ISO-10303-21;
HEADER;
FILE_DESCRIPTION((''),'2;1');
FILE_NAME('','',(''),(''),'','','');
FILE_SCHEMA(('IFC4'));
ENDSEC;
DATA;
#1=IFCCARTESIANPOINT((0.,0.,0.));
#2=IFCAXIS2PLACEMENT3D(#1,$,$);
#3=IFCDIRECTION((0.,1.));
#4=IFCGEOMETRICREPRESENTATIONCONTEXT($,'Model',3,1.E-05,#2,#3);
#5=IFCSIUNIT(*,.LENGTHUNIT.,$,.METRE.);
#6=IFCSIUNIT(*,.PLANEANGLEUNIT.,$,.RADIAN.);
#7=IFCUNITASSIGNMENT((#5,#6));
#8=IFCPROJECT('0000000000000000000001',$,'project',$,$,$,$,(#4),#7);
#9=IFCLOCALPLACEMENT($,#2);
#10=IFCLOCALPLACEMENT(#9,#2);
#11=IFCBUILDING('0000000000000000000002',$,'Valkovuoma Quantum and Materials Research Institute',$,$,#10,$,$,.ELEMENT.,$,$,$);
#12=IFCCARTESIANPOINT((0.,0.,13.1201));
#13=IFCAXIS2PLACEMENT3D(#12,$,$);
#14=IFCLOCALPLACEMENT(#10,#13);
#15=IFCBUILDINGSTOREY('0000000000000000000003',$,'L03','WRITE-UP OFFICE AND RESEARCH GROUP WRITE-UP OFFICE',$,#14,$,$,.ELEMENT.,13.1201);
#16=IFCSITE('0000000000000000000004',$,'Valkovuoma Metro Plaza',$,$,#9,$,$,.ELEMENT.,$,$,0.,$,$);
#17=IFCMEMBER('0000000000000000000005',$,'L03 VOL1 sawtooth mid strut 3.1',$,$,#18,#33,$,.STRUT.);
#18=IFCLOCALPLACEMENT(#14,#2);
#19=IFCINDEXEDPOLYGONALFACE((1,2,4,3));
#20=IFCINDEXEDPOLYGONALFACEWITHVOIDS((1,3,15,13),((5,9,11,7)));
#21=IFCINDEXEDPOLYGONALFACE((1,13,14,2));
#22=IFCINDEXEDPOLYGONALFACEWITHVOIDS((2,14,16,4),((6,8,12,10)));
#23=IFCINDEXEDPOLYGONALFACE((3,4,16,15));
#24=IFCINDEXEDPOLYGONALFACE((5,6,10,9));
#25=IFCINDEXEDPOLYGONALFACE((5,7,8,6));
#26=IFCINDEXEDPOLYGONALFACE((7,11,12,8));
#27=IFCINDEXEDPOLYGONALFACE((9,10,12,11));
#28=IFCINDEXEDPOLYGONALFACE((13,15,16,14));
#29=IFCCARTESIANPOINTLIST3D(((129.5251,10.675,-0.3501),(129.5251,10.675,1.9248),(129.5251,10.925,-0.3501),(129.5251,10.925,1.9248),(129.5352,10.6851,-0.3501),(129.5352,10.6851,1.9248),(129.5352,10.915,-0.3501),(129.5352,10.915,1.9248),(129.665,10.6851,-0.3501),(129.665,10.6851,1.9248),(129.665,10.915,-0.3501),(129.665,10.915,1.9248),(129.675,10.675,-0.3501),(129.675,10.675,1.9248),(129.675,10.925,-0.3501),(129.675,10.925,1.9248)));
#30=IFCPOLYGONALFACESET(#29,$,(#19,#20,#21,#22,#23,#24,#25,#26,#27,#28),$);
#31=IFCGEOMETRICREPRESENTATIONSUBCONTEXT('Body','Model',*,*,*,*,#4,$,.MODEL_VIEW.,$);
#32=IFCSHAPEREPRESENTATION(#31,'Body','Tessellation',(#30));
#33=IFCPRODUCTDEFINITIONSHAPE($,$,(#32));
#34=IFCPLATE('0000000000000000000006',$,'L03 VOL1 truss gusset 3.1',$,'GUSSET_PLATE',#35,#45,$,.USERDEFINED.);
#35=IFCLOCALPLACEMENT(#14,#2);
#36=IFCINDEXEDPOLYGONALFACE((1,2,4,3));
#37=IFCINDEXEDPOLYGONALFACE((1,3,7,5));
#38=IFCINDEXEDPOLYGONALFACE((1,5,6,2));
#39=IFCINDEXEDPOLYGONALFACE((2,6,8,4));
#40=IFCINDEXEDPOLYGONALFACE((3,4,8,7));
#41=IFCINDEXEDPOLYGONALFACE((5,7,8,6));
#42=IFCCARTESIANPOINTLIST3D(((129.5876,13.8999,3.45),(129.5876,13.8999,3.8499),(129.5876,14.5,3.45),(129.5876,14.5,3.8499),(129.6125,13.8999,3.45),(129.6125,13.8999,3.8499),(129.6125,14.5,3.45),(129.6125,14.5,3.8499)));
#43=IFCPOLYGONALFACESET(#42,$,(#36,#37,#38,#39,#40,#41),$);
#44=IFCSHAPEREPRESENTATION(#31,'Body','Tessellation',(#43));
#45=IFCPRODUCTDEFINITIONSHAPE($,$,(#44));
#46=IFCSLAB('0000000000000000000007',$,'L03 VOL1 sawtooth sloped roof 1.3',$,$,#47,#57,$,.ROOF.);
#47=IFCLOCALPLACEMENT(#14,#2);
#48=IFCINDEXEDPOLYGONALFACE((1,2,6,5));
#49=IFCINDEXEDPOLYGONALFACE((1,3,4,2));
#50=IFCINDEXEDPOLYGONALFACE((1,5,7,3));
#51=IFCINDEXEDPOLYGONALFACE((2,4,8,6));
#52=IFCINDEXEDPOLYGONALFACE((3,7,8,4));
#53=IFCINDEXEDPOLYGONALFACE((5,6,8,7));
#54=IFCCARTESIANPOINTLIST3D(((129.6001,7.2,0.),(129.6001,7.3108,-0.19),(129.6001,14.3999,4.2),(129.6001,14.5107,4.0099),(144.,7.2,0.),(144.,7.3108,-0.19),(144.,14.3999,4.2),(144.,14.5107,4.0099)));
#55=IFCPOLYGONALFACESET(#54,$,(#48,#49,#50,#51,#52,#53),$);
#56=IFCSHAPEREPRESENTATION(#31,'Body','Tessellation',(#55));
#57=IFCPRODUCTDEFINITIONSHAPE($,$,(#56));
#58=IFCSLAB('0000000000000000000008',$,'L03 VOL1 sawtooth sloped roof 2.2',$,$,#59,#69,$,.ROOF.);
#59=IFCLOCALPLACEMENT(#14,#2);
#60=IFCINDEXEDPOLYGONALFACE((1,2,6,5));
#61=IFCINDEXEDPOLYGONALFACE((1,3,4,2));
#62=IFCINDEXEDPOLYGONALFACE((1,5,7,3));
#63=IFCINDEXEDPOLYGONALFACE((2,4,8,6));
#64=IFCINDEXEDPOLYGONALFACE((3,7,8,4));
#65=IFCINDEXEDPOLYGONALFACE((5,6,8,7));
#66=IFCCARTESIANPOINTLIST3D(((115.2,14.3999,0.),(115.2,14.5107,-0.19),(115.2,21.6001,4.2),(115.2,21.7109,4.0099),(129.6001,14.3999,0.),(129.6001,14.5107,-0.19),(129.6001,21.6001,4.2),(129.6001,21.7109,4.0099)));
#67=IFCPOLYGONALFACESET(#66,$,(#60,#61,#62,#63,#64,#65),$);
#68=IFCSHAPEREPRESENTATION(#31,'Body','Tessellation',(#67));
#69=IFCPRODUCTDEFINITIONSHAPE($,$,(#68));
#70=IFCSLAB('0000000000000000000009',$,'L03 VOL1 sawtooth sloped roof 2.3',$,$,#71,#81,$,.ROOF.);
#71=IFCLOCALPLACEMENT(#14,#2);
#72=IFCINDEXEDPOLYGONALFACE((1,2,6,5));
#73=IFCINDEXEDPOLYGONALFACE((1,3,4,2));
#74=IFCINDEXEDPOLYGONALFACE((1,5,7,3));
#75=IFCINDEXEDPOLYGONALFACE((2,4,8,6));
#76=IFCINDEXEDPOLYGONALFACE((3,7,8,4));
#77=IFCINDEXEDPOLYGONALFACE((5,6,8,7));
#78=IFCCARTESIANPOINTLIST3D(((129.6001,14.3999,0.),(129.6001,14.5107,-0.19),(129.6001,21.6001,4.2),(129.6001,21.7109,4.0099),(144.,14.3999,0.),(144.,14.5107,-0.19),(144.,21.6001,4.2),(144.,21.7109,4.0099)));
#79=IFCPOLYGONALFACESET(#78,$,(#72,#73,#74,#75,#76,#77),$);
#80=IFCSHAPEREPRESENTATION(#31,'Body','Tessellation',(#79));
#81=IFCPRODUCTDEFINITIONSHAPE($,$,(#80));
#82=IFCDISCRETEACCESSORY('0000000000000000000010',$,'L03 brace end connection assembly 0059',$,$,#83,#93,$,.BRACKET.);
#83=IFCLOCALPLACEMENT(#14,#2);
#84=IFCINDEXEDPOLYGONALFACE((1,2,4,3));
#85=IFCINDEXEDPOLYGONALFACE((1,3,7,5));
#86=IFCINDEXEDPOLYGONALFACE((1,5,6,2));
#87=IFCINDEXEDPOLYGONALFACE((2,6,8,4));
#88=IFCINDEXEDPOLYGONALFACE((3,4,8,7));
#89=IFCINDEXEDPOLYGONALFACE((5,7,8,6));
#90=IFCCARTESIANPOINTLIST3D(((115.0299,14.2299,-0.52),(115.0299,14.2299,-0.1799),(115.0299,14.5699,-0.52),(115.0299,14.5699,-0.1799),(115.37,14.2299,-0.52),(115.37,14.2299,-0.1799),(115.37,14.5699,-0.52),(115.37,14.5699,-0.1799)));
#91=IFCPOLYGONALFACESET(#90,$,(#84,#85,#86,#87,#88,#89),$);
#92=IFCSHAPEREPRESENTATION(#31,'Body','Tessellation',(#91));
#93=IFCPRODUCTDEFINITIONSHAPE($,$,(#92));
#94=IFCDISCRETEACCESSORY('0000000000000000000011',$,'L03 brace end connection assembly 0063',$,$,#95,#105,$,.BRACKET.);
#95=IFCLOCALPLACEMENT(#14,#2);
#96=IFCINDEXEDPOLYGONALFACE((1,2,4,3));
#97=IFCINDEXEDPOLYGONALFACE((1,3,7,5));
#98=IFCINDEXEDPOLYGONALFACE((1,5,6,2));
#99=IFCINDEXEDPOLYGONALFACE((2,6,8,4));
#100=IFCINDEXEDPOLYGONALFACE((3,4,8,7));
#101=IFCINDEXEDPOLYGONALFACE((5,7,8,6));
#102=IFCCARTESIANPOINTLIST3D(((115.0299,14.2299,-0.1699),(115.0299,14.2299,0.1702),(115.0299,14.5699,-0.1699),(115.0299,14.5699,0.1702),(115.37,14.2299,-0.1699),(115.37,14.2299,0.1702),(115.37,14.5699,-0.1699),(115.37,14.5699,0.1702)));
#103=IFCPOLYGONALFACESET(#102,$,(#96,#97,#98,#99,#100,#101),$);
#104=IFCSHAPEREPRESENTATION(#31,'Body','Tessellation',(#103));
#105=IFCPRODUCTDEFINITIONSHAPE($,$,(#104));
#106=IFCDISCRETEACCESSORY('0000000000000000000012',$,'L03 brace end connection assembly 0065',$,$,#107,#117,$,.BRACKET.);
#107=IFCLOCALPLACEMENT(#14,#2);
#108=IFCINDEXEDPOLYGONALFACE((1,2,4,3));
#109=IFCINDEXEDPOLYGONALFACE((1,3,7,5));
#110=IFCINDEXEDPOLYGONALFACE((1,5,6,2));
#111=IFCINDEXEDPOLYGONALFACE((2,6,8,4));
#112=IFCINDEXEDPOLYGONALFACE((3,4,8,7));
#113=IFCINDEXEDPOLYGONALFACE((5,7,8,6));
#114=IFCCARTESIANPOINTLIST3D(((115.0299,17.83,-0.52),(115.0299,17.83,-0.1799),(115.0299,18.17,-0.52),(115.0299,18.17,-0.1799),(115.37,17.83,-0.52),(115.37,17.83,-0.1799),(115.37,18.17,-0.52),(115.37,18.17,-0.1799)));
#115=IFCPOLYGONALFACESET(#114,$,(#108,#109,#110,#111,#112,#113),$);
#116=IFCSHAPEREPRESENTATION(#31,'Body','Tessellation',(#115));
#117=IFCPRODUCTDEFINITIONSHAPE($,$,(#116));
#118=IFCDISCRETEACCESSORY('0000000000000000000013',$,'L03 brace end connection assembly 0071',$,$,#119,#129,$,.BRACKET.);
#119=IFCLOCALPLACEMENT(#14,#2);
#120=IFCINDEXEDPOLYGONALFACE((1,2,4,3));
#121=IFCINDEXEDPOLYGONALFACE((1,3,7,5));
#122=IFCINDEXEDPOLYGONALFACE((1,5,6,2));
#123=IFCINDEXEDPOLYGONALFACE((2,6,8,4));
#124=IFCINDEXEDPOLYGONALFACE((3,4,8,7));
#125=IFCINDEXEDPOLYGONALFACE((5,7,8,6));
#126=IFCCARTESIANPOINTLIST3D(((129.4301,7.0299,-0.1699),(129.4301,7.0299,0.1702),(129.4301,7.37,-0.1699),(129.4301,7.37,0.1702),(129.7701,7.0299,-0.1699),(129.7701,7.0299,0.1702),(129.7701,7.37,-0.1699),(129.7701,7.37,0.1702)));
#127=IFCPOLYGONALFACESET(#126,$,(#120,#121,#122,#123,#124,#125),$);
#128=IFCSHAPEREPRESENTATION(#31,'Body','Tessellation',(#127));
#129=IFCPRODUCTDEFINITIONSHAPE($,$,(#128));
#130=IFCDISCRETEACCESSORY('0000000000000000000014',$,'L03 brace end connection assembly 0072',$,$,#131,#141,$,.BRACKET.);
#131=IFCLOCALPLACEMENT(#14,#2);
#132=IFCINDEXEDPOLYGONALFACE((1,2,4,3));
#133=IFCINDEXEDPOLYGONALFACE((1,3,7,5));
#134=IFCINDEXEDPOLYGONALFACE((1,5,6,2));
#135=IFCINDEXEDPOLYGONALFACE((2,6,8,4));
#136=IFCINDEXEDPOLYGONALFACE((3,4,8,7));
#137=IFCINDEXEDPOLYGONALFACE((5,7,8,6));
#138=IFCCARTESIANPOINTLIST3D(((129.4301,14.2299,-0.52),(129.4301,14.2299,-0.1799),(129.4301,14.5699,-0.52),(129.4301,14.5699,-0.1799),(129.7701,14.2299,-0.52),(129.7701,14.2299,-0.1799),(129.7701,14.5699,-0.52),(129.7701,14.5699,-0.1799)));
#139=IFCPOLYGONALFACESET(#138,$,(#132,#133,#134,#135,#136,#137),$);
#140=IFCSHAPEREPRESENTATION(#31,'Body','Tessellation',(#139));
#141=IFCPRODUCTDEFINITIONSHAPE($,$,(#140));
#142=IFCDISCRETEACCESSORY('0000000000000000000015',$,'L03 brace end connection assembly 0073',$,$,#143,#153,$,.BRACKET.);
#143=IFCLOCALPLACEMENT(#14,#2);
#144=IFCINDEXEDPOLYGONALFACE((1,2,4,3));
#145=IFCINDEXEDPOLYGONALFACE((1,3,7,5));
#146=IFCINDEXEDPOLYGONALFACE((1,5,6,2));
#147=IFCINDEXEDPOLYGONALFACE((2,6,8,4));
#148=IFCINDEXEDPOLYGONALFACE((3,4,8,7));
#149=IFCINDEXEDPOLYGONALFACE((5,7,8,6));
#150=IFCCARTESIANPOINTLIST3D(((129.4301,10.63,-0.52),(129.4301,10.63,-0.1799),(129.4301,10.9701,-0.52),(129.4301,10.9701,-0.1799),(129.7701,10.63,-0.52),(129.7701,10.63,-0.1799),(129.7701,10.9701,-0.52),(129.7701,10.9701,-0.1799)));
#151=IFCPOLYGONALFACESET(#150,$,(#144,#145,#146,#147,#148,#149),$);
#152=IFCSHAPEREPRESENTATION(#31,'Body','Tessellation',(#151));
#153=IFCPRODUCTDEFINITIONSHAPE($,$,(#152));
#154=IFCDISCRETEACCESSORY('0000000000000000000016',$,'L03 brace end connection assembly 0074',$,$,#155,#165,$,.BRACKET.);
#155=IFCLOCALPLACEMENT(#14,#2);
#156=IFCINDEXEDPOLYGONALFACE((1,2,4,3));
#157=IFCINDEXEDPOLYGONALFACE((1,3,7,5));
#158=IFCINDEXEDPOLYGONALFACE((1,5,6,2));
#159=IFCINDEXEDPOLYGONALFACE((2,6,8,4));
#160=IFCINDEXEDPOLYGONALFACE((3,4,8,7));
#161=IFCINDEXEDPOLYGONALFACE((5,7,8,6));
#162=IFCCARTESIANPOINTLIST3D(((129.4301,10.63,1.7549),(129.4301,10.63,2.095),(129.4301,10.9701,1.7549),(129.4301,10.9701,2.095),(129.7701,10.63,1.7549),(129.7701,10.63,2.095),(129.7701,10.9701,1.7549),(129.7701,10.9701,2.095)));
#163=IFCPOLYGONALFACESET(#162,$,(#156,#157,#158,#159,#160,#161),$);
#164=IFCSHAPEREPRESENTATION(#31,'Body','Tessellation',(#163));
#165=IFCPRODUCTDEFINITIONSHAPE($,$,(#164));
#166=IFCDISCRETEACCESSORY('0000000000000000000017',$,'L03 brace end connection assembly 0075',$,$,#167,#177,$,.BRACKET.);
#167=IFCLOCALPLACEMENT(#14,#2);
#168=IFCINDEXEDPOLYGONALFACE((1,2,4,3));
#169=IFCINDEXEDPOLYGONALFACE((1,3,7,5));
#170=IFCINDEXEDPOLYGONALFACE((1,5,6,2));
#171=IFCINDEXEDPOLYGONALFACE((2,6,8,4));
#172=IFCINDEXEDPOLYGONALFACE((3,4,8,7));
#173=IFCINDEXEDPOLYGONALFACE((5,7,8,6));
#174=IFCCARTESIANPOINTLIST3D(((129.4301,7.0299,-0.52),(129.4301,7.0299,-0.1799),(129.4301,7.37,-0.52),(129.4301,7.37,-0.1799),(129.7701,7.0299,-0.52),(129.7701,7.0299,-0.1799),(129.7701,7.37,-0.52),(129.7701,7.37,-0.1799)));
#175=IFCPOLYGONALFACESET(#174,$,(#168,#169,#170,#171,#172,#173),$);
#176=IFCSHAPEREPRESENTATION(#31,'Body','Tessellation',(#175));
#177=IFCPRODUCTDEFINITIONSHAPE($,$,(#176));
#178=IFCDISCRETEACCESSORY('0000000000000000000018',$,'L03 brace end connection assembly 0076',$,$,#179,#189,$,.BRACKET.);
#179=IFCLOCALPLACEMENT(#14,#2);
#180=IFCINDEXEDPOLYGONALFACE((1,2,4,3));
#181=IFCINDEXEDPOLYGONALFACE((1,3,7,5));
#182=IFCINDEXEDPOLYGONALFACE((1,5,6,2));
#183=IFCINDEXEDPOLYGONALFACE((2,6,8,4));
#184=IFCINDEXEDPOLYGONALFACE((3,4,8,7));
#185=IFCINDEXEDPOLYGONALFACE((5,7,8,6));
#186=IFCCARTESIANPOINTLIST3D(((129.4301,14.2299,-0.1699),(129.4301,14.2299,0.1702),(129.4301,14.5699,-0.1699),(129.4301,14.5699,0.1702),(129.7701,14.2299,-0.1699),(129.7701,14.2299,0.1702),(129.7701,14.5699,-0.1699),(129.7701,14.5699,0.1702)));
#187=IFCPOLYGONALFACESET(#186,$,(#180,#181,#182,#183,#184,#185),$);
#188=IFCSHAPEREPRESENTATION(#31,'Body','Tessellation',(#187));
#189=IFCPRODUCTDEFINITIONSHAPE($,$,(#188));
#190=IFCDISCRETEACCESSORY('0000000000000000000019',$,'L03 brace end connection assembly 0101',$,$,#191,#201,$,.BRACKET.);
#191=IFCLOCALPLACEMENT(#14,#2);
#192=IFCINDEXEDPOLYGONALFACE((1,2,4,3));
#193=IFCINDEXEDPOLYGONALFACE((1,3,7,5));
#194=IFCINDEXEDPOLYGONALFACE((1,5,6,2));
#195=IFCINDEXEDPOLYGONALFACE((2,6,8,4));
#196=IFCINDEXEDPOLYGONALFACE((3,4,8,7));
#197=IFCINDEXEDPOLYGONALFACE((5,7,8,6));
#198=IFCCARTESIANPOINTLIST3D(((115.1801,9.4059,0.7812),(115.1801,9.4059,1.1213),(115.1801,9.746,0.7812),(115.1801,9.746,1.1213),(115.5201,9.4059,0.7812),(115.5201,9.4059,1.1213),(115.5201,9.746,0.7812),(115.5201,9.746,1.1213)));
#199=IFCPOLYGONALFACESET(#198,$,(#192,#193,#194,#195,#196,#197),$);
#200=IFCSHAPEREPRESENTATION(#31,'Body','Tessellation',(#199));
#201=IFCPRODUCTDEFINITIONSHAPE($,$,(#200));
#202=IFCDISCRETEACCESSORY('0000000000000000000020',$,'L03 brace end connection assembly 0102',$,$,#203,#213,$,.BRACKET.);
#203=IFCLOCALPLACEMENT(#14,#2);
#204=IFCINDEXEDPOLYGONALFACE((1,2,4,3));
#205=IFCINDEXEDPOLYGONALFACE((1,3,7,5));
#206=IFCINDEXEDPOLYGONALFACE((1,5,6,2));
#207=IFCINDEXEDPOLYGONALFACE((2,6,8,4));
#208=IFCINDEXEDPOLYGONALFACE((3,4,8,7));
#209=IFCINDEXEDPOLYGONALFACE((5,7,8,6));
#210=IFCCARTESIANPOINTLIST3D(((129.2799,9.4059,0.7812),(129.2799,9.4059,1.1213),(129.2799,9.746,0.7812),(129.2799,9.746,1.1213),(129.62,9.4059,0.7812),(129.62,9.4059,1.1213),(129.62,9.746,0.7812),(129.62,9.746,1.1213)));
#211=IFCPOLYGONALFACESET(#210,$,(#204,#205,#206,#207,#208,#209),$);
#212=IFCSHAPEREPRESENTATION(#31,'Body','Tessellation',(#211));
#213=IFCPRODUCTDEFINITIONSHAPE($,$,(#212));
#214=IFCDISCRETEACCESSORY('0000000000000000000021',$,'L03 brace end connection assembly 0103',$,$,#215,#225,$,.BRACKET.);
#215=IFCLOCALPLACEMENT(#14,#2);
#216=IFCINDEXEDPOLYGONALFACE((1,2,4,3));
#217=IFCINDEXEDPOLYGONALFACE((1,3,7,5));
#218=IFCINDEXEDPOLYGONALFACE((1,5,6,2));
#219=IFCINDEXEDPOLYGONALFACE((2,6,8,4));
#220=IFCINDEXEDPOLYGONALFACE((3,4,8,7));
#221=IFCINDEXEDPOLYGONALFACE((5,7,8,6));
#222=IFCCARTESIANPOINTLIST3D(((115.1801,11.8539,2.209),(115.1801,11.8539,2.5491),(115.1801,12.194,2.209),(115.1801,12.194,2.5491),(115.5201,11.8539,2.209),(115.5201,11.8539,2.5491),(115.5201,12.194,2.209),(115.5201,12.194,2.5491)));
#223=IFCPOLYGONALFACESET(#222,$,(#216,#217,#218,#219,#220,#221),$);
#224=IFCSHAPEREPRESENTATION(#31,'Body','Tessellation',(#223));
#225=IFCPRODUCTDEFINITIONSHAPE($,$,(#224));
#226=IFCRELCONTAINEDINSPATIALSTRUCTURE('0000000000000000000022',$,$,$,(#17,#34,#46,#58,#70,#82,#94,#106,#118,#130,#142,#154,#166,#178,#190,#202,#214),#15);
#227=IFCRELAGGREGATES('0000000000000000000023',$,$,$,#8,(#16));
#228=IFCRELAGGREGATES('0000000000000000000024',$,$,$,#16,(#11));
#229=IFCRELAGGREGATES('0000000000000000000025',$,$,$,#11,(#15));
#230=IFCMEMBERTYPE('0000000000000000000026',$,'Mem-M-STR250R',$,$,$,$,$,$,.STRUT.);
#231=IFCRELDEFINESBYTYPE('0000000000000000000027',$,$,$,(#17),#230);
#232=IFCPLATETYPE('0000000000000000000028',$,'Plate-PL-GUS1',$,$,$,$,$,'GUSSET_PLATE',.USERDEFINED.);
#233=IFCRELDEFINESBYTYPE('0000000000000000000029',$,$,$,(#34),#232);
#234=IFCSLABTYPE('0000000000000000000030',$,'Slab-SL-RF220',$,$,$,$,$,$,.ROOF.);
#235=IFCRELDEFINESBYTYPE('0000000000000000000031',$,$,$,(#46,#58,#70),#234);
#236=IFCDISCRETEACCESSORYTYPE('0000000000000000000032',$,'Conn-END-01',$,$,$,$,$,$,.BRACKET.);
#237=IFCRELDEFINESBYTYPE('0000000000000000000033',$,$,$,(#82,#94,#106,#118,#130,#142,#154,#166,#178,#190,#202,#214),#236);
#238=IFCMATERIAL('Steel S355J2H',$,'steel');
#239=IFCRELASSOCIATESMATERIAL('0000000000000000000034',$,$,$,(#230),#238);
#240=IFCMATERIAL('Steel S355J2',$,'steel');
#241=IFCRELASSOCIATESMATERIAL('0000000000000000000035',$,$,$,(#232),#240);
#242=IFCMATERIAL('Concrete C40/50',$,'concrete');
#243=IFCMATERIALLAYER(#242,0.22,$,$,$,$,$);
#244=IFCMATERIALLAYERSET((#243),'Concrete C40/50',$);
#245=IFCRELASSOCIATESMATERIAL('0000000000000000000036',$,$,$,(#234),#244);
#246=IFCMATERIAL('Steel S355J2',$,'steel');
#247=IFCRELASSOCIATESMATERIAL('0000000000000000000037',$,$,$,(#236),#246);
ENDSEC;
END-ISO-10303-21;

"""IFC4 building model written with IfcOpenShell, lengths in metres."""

from ifc_helpers import new_model, si_unit, direction, frame, origin, origin_2d, place, context, subcontext, project, spatial, polyline, rectangle, hollow_rectangle, outline, extrude, material, layer, layer_set, material_profile, profile_set, type_object, element, save


model = new_model("IFC4")

# Units and contexts
model_context = context("Model", 3, precision=1e-05, world=origin(), true_north=direction((0.0, 1.0)))
body_context = subcontext(model_context, "Body", "Model", "MODEL_VIEW")
ifc_project = project(units=[si_unit("LENGTHUNIT", "METRE"), si_unit("PLANEANGLEUNIT", "RADIAN")], contexts=[model_context])

# Site, building, storey
site_placement = place(None, origin())
site = spatial("IfcSite", under=ifc_project, at=site_placement, Name="Valkovuoma Metro Plaza", CompositionType="ELEMENT", RefElevation=0.0)
building_placement = place(site_placement, origin())
building = spatial("IfcBuilding", under=site, at=building_placement, Name="Valkovuoma Quantum and Materials Research Institute", CompositionType="ELEMENT")
storey_placement = place(building_placement, frame((0.0, 0.0, 13.1201)))
storey = spatial("IfcBuildingStorey", under=building, at=storey_placement, Name="L03", Description="WRITE-UP OFFICE AND RESEARCH GROUP WRITE-UP OFFICE", CompositionType="ELEMENT", Elevation=13.1201)

# Member
ifc_material_1 = material(Name="Steel S355J2H", Category="steel")
ifc_material_profile_1 = material_profile(ifc_material_1, hollow_rectangle(XDim=0.1499, YDim=0.25, WallThickness=0.01, at=origin_2d()), Name="Steel S355J2H")
ifc_profile_set_1 = profile_set([ifc_material_profile_1], Name="Steel S355J2H")
member_type_1 = type_object("IfcMemberType", Name="Mem-M-STR250R", PredefinedType="STRUT", material=ifc_profile_set_1)
for number, where, z_axis, x_axis, name in (
    (1, (129.6001, 10.8, -0.3501), (0.0, 0.0, 1.0), (1.0, 0.0, 0.0), "L03 VOL1 sawtooth mid strut 3.1"),
):
    element("IfcMember", number, at=place(storey_placement, frame(where, z_axis=z_axis, x_axis=x_axis)), inside=storey, type_object=member_type_1, Name=name, PredefinedType="STRUT", context=body_context, shape_type="SweptSolid", body=[
        extrude(hollow_rectangle(XDim=0.1499, YDim=0.25, WallThickness=0.01, at=origin_2d()), origin(), (0.0, 0.0, 1.0), 2.2749),
    ])

# Plate
ifc_material_2 = material(Name="Steel S355J2", Category="steel")
plate_type = type_object("IfcPlateType", Name="Plate-PL-GUS1", ElementType="GUSSET_PLATE", PredefinedType="USERDEFINED", material=ifc_material_2)
plate_placement = place(storey_placement, frame((129.6001, 14.2, 3.45), z_axis=(0.0, 0.0, 1.0), x_axis=(0.0, 1.0, 0.0)))
element("IfcPlate", 2, at=plate_placement, inside=storey, type_object=plate_type, Name="L03 VOL1 truss gusset 3.1", ObjectType="GUSSET_PLATE", PredefinedType="USERDEFINED", context=body_context, shape_type="SweptSolid", body=[
    extrude(rectangle(XDim=0.6001, YDim=0.0249, at=origin_2d()), origin(), (0.0, 0.0, 1.0), 0.3999),
])

# Slabs
ifc_material_3 = material(Name="Concrete C40/50", Category="concrete")
ifc_layer = layer(ifc_material_3, 0.22)
ifc_layer_set = layer_set([ifc_layer], Name="Concrete C40/50")
slab_type = type_object("IfcSlabType", Name="Slab-SL-RF220", PredefinedType="ROOF", material=ifc_layer_set)
slab_1_placement = place(storey_placement, frame((129.6001, 7.2, 0.0), z_axis=(0.0, -0.503869, 0.86378), x_axis=(1.0, 0.0, 0.0)))
element("IfcSlab", 3, at=slab_1_placement, inside=storey, type_object=slab_type, Name="L03 VOL1 sawtooth sloped roof 1.3", PredefinedType="ROOF", context=body_context, shape_type="SweptSolid", body=[
    extrude(outline(polyline([(0.0, 0.0), (14.3999, 0.0), (14.3999, 8.3354), (0.0, 8.3354), (0.0, 0.0)])), origin(), (0.0, 0.0, -1.0), 0.22),
])
slab_2_placement = place(storey_placement, frame((115.2, 14.3999, 0.0), z_axis=(0.0, -0.503856, 0.863787), x_axis=(1.0, 0.0, 0.0)))
element("IfcSlab", 4, at=slab_2_placement, inside=storey, type_object=slab_type, Name="L03 VOL1 sawtooth sloped roof 2.2", PredefinedType="ROOF", context=body_context, shape_type="SweptSolid", body=[
    extrude(outline(polyline([(0.0, 0.0), (14.4001, 0.0), (14.4001, 8.3356), (0.0, 8.3356), (0.0, 0.0)])), origin(), (0.0, 0.0, -1.0), 0.22),
])
slab_3_placement = place(storey_placement, frame((129.6001, 14.3999, 0.0), z_axis=(0.0, -0.503856, 0.863787), x_axis=(1.0, 0.0, 0.0)))
element("IfcSlab", 5, at=slab_3_placement, inside=storey, type_object=slab_type, Name="L03 VOL1 sawtooth sloped roof 2.3", PredefinedType="ROOF", context=body_context, shape_type="SweptSolid", body=[
    extrude(outline(polyline([(0.0, 0.0), (14.3999, 0.0), (14.3999, 8.3356), (0.0, 8.3356), (0.0, 0.0)])), origin(), (0.0, 0.0, -1.0), 0.22),
])

# Discrete accessories
ifc_material_4 = material(Name="Steel S355J2", Category="steel")
discrete_accessory_type = type_object("IfcDiscreteAccessoryType", Name="Conn-END-01", PredefinedType="BRACKET", material=ifc_material_4)
for number, where, z_axis, x_axis, name in (
    (6, (115.2, 14.3999, -0.52), (0.0, 0.0, 1.0), (1.0, 0.0, 0.0), "L03 brace end connection assembly 0059"),
    (7, (115.2, 14.3999, -0.1699), (0.0, 0.0, 1.0), (1.0, 0.0, 0.0), "L03 brace end connection assembly 0063"),
    (8, (115.2, 18.0, -0.52), (0.0, 0.0, 1.0), (1.0, 0.0, 0.0), "L03 brace end connection assembly 0065"),
    (9, (129.6001, 7.2, -0.1699), (0.0, 0.0, 1.0), (1.0, 0.0, 0.0), "L03 brace end connection assembly 0071"),
    (10, (129.6001, 14.3999, -0.52), (0.0, 0.0, 1.0), (1.0, 0.0, 0.0), "L03 brace end connection assembly 0072"),
    (11, (129.6001, 10.8, -0.52), (0.0, 0.0, 1.0), (1.0, 0.0, 0.0), "L03 brace end connection assembly 0073"),
    (12, (129.6001, 10.8, 1.7549), (0.0, 0.0, 1.0), (1.0, 0.0, 0.0), "L03 brace end connection assembly 0074"),
    (13, (129.6001, 7.2, -0.52), (0.0, 0.0, 1.0), (1.0, 0.0, 0.0), "L03 brace end connection assembly 0075"),
    (14, (129.6001, 14.3999, -0.1699), (0.0, 0.0, 1.0), (1.0, 0.0, 0.0), "L03 brace end connection assembly 0076"),
    (15, (115.3501, 9.5759, 0.7812), (0.0, 0.0, 1.0), (1.0, 0.0, 0.0), "L03 brace end connection assembly 0101"),
    (16, (129.45, 9.5759, 0.7812), (0.0, 0.0, 1.0), (1.0, 0.0, 0.0), "L03 brace end connection assembly 0102"),
    (17, (115.3501, 12.0239, 2.209), (0.0, 0.0, 1.0), (1.0, 0.0, 0.0), "L03 brace end connection assembly 0103"),
):
    element("IfcDiscreteAccessory", number, at=place(storey_placement, frame(where, z_axis=z_axis, x_axis=x_axis)), inside=storey, type_object=discrete_accessory_type, Name=name, PredefinedType="BRACKET", context=body_context, shape_type="SweptSolid", body=[
        extrude(rectangle(XDim=0.3401, YDim=0.3401, at=origin_2d()), origin(), (0.0, 0.0, 1.0), 0.3401),
    ])

save(model, "model.ifc")
